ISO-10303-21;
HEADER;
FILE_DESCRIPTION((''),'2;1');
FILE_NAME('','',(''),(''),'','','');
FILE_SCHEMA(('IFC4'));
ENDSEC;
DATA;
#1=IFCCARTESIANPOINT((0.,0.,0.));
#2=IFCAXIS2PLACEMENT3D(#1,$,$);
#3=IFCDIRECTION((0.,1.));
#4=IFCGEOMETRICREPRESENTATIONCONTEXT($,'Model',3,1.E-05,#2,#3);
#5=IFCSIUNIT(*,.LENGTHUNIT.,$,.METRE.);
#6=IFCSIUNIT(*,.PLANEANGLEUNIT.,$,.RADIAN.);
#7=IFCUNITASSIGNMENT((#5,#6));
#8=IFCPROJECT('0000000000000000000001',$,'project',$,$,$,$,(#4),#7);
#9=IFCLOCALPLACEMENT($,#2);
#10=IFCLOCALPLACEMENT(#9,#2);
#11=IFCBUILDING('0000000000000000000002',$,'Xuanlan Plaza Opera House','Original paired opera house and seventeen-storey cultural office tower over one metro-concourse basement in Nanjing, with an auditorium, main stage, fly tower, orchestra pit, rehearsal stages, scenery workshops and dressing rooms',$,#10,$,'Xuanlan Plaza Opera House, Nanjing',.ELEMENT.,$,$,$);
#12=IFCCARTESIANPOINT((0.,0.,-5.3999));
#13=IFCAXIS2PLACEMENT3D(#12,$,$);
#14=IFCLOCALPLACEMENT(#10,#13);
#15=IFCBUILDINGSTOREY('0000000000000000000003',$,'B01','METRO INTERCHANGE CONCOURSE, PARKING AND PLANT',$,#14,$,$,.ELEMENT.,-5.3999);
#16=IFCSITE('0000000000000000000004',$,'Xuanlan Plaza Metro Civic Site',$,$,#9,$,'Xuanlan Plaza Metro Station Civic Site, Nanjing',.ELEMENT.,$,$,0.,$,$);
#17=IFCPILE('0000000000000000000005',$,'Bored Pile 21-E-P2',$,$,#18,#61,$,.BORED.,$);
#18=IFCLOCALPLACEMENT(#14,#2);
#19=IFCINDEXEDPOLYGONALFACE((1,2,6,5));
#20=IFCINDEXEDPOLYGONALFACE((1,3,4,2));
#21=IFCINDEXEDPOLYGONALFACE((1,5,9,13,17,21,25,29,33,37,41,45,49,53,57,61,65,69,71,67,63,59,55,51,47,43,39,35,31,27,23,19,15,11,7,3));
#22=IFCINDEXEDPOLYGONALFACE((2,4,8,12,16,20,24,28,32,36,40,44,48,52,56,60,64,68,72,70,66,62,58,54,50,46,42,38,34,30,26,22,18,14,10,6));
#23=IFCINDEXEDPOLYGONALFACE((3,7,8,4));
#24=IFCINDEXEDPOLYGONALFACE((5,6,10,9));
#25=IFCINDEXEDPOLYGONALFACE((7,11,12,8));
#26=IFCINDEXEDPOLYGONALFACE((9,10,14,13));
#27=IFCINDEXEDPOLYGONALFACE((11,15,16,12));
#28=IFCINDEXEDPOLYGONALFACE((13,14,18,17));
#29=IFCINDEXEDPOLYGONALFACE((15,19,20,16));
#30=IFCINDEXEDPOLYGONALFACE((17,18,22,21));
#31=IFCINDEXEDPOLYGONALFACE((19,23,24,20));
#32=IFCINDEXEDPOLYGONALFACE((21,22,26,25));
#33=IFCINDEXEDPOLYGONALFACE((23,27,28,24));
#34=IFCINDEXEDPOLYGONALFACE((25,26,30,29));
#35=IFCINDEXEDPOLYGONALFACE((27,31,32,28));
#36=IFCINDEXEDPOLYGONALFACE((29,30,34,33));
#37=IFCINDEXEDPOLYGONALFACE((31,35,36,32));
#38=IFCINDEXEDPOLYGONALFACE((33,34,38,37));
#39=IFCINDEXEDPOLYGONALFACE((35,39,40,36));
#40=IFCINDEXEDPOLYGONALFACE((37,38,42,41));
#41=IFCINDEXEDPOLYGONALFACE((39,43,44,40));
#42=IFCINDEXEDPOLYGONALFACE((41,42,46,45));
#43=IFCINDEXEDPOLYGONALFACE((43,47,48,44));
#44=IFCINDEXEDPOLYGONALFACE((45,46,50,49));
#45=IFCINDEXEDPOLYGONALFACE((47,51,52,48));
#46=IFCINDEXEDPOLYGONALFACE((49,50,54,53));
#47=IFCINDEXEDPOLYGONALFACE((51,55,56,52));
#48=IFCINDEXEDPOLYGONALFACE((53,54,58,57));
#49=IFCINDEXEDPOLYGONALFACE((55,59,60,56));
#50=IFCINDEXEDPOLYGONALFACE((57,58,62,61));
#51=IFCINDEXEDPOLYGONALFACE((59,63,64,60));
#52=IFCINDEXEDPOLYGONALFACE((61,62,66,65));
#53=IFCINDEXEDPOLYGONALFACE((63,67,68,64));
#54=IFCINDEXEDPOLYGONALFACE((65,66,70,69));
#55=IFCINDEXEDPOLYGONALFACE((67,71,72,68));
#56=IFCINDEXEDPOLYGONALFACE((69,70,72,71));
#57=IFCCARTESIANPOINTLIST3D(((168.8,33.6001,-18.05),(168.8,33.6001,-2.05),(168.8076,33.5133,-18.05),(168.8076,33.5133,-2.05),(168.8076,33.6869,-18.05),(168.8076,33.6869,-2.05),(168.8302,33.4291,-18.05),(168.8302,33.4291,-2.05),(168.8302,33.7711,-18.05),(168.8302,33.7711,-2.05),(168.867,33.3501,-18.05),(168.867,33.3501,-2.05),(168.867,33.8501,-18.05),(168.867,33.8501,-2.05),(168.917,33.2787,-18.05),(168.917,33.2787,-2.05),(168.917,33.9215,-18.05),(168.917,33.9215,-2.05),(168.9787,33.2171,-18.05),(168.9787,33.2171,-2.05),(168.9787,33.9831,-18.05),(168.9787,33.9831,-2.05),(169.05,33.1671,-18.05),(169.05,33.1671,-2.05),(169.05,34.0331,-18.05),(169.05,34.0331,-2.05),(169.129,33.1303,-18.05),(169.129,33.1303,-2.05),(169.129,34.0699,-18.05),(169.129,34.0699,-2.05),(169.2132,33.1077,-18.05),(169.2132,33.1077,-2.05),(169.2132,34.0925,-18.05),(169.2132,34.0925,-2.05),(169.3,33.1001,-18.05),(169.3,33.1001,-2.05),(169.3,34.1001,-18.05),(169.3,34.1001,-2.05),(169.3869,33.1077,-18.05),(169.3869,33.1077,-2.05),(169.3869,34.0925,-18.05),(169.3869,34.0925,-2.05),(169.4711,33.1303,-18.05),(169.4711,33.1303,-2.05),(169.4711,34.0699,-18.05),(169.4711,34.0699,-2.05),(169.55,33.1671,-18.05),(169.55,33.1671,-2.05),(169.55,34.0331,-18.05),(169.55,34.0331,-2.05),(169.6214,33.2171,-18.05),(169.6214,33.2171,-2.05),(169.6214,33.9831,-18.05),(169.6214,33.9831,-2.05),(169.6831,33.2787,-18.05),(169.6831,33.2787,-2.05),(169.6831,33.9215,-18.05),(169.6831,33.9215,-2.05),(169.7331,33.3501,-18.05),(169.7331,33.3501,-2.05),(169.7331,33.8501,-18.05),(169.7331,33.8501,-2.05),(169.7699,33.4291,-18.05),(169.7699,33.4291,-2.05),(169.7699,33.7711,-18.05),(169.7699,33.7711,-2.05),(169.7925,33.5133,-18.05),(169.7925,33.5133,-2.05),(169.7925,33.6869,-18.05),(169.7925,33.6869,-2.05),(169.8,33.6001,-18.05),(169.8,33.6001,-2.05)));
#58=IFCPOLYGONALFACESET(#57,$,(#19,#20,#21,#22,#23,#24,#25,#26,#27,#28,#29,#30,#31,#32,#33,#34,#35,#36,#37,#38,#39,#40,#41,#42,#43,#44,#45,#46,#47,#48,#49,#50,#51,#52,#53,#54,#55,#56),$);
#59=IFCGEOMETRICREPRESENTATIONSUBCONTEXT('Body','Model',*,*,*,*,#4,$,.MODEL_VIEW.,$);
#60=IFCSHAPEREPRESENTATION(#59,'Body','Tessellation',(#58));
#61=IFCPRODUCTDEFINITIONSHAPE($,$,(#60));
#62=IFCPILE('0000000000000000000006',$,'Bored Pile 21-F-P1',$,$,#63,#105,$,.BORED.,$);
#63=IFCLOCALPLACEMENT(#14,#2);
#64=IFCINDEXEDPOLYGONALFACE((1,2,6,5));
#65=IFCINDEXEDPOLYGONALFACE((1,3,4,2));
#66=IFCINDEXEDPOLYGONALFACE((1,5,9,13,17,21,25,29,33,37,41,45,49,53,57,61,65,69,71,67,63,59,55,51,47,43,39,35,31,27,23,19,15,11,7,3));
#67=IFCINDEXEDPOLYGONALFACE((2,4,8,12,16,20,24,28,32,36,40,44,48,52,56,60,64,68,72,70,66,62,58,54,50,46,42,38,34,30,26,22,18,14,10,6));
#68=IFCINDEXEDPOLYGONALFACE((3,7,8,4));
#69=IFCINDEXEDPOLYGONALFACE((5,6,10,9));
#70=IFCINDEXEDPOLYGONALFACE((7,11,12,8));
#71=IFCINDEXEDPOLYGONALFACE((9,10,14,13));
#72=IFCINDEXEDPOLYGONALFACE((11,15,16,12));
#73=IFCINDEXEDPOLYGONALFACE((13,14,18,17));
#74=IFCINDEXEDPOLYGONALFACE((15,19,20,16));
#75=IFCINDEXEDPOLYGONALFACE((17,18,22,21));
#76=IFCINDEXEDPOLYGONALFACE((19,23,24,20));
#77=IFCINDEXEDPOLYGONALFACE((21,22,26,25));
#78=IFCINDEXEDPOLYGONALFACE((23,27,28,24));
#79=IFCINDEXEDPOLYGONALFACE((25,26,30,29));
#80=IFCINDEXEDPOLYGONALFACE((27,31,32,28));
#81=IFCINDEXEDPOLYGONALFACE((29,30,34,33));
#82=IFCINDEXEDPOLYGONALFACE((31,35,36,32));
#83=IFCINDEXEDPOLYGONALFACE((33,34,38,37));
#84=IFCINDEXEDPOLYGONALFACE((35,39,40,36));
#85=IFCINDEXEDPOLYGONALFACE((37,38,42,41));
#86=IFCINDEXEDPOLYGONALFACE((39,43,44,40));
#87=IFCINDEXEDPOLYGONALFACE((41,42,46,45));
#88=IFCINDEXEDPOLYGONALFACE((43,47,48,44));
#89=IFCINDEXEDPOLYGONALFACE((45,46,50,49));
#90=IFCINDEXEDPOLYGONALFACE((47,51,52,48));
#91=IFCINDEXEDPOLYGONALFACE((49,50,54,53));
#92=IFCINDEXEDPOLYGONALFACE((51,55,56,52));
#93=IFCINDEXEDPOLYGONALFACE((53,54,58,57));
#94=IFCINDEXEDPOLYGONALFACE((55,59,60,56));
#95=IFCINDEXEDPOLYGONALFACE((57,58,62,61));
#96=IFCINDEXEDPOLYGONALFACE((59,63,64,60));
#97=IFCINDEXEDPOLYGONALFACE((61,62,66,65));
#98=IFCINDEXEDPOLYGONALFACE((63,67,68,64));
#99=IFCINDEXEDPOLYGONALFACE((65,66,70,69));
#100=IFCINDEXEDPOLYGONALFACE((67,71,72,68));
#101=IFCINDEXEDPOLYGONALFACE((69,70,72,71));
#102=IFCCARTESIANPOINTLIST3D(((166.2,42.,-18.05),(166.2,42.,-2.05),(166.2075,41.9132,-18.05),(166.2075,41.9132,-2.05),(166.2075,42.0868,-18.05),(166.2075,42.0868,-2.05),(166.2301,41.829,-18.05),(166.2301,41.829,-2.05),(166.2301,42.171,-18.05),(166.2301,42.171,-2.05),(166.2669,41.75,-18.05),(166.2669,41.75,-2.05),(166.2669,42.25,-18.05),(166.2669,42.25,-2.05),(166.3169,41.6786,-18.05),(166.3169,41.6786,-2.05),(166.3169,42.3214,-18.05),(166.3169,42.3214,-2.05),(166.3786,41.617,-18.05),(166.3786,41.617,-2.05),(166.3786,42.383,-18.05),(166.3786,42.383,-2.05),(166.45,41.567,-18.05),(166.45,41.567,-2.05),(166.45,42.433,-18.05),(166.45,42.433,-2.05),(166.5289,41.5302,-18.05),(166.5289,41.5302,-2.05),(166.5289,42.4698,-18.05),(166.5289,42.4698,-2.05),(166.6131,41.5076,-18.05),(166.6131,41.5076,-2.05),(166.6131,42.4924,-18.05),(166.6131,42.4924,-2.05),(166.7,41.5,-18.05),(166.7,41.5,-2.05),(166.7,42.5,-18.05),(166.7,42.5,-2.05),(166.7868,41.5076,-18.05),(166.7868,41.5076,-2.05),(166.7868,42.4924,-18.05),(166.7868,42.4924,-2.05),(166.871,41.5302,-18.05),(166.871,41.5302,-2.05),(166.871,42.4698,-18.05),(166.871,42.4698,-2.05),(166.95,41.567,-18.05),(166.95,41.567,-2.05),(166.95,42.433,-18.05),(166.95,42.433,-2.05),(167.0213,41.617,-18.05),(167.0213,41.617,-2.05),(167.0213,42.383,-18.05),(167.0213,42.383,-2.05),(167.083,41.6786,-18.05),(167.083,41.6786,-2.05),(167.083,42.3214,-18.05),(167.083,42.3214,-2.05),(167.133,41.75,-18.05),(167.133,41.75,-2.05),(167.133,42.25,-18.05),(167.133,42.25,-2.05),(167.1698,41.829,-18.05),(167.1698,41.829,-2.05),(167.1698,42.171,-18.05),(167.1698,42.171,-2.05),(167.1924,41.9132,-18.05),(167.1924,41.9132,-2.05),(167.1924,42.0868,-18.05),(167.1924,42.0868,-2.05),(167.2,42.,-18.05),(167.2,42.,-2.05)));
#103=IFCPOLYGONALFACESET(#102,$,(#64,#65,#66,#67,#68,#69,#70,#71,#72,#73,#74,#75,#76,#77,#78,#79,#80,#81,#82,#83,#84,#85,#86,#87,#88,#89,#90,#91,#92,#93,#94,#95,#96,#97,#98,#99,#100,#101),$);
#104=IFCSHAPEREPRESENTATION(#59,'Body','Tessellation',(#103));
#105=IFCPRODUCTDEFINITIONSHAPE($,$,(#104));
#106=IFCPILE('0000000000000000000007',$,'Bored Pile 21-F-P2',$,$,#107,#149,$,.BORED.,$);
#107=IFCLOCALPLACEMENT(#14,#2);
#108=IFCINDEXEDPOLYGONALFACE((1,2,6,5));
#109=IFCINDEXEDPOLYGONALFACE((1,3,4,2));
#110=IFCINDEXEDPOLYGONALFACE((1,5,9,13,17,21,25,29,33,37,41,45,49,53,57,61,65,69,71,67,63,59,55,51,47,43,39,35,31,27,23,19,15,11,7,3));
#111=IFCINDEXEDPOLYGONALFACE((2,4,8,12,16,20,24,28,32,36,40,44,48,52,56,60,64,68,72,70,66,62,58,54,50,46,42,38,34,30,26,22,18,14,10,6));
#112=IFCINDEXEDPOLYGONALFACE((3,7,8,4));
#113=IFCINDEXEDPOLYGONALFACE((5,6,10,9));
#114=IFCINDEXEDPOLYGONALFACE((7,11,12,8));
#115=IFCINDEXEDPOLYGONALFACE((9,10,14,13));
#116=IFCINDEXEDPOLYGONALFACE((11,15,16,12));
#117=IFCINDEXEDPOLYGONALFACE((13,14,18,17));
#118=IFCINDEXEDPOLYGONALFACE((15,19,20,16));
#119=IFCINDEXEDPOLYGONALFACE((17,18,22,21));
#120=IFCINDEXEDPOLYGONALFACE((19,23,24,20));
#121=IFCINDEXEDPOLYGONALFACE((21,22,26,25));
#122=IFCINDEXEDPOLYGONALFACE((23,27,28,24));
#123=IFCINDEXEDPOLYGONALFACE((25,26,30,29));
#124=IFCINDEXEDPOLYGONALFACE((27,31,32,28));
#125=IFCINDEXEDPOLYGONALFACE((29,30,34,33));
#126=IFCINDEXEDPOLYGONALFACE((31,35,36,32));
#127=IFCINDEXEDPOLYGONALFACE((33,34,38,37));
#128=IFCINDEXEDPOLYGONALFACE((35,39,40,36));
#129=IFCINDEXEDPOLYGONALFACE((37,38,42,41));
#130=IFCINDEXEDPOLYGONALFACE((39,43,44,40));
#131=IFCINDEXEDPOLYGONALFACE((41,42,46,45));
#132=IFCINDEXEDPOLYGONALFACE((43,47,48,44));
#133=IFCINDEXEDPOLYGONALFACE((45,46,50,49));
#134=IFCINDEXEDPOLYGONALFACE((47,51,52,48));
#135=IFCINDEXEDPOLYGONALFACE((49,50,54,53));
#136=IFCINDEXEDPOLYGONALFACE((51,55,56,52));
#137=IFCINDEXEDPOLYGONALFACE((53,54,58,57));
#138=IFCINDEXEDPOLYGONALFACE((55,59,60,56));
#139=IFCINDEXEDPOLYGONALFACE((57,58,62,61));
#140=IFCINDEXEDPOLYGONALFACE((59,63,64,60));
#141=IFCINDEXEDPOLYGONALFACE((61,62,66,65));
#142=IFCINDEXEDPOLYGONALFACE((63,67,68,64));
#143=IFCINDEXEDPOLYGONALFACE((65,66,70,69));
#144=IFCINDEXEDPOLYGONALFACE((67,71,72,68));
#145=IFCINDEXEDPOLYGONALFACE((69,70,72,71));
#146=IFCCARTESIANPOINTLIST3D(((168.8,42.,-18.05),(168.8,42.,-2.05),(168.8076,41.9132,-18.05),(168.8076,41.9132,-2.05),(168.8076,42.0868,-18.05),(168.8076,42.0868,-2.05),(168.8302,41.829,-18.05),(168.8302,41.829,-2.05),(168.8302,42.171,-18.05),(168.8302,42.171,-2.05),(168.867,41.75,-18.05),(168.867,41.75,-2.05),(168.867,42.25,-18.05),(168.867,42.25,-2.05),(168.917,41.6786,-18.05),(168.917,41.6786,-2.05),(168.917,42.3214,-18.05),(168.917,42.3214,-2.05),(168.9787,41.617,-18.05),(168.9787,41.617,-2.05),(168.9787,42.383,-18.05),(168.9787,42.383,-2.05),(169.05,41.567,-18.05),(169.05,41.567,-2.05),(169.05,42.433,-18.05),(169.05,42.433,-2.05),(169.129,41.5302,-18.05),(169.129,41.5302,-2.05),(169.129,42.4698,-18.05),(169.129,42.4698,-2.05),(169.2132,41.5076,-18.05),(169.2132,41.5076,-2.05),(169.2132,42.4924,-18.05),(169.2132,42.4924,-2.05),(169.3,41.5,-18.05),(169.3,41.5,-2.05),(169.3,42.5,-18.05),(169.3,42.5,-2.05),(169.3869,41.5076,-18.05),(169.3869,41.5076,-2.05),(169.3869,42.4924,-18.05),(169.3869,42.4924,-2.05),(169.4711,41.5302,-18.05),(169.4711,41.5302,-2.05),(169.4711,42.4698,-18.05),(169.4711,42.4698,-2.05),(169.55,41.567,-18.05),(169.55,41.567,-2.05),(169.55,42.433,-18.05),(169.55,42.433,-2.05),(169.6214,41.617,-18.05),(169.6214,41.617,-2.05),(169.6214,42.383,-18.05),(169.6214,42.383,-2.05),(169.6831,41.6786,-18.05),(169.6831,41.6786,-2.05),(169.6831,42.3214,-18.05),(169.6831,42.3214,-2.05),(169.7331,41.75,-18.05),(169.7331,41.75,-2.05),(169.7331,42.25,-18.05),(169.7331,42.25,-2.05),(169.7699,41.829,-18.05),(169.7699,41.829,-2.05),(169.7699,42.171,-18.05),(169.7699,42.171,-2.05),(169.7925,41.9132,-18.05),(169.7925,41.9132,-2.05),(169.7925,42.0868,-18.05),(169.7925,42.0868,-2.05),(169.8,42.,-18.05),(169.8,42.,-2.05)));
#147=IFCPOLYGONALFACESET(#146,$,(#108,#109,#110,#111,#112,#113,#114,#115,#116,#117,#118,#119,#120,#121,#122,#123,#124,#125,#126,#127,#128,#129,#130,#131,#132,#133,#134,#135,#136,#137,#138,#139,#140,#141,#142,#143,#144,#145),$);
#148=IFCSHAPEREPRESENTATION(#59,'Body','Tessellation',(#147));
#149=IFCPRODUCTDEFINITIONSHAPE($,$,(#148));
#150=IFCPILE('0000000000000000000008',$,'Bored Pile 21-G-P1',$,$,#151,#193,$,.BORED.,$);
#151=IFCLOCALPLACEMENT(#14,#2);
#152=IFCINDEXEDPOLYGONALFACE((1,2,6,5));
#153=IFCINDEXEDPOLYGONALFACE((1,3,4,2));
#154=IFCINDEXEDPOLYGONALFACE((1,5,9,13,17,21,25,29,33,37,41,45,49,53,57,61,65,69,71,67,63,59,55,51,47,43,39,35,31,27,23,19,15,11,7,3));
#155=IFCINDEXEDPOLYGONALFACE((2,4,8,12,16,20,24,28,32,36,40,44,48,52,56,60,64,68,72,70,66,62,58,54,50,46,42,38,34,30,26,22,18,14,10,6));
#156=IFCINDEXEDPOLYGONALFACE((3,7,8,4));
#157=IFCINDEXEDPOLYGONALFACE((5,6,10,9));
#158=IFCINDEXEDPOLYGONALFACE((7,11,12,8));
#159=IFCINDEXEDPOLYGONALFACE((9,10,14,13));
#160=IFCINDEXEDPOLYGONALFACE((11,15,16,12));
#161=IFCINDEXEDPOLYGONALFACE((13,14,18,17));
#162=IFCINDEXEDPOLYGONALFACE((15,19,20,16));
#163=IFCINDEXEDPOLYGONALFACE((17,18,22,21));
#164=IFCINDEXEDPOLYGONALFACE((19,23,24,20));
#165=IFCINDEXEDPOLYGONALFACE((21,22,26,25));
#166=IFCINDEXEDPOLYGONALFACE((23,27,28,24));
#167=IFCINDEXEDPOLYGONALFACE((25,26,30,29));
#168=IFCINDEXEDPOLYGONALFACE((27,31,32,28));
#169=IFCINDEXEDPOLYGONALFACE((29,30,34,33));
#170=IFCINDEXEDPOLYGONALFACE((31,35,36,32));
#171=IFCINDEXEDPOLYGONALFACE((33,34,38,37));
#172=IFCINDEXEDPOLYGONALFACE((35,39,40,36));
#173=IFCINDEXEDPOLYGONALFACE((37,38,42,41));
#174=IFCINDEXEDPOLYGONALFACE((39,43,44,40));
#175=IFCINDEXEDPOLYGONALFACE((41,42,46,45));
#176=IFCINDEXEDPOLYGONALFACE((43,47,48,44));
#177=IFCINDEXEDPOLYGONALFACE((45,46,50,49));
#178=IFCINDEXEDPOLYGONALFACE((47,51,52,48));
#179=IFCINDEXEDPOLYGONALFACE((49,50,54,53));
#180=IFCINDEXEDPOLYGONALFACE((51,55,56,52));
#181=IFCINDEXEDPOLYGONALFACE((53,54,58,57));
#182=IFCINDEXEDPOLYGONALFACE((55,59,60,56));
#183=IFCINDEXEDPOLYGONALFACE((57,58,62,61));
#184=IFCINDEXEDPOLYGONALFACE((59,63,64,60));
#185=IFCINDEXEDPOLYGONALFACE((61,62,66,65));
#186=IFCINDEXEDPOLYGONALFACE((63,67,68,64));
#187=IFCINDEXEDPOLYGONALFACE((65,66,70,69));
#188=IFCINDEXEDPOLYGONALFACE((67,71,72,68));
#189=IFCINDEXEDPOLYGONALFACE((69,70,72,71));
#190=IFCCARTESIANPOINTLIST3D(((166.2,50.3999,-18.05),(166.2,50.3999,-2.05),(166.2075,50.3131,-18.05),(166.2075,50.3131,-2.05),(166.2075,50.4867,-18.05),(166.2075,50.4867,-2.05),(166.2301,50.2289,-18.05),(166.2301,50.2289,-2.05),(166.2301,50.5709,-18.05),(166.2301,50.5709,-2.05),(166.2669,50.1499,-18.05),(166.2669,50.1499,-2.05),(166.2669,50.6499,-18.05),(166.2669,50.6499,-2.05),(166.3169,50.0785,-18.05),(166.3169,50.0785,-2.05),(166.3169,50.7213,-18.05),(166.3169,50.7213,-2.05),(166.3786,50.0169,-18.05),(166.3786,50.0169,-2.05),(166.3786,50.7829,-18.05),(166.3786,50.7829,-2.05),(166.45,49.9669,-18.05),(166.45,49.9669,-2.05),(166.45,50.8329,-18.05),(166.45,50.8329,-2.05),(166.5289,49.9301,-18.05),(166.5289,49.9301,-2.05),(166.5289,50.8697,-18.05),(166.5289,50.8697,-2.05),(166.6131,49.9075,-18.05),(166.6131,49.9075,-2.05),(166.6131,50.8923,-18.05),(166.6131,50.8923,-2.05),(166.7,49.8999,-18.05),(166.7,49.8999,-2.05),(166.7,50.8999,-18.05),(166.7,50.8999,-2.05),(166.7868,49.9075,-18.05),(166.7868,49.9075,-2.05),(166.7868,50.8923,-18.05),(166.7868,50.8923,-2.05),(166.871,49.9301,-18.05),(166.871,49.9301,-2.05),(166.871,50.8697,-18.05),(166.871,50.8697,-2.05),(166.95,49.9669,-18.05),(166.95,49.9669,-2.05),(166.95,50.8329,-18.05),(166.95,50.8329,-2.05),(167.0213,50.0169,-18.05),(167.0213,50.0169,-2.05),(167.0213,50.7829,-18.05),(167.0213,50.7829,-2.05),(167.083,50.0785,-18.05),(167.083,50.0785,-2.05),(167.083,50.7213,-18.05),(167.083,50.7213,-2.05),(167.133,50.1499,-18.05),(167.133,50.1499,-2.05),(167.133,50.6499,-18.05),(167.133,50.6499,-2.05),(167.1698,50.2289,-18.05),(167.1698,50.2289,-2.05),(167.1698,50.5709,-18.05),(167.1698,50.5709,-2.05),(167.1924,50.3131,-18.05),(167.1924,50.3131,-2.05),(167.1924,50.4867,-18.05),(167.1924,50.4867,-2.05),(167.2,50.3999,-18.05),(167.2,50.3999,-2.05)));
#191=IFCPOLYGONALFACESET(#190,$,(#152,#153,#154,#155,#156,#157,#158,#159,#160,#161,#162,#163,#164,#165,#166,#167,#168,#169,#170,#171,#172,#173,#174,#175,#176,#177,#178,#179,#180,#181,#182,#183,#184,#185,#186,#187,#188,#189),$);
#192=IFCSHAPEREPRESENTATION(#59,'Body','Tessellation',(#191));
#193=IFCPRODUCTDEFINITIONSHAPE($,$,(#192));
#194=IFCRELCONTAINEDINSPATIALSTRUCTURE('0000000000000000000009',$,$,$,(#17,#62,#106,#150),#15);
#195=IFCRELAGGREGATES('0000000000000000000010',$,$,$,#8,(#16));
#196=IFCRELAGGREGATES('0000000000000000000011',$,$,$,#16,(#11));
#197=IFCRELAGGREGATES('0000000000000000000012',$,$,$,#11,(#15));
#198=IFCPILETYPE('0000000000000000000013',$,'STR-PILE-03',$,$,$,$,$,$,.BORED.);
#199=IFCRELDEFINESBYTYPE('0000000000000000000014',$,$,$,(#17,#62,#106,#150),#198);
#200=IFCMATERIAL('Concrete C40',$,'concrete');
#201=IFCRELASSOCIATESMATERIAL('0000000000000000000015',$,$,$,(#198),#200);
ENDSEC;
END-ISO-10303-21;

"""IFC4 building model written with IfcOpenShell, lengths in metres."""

from ifc_helpers import new_model, si_unit, direction, frame, origin, origin_2d, place, context, subcontext, project, spatial, circle, extrude, material, material_profile, profile_set, type_object, element, save


model = new_model("IFC4")

# Units and contexts
model_context = context("Model", 3, precision=1e-05, world=origin(), true_north=direction((0.0, 1.0)))
body_context = subcontext(model_context, "Body", "Model", "MODEL_VIEW")
ifc_project = project(units=[si_unit("LENGTHUNIT", "METRE"), si_unit("PLANEANGLEUNIT", "RADIAN")], contexts=[model_context])

# Site, building, storey
site_placement = place(None, origin())
site = spatial("IfcSite", under=ifc_project, at=site_placement, Name="Xuanlan Plaza Metro Civic Site", LongName="Xuanlan Plaza Metro Station Civic Site, Nanjing", CompositionType="ELEMENT", RefElevation=0.0)
building_placement = place(site_placement, origin())
building = spatial("IfcBuilding", under=site, at=building_placement, Name="Xuanlan Plaza Opera House", Description="Original paired opera house and seventeen-storey cultural office tower over one metro-concourse basement in Nanjing, with an auditorium, main stage, fly tower, orchestra pit, rehearsal stages, scenery workshops and dressing rooms", LongName="Xuanlan Plaza Opera House, Nanjing", CompositionType="ELEMENT")
storey_placement = place(building_placement, frame((0.0, 0.0, -5.3999)))
storey = spatial("IfcBuildingStorey", under=building, at=storey_placement, Name="B01", Description="METRO INTERCHANGE CONCOURSE, PARKING AND PLANT", CompositionType="ELEMENT", Elevation=-5.3999)

# Piles
ifc_material_1 = material(Name="Concrete C40", Category="concrete")
ifc_material_profile_1 = material_profile(ifc_material_1, circle(Radius=0.5, at=origin_2d()), Name="PILE D1000")
ifc_profile_set_1 = profile_set([ifc_material_profile_1], Name="Concrete C40")
pile_type = type_object("IfcPileType", Name="STR-PILE-03", PredefinedType="BORED", material=ifc_profile_set_1)
for number, where, z_axis, x_axis, name in (
    (1, (169.3, 33.6001, -2.05), (0.0, 0.0, -1.0), (1.0, 0.0, 0.0), "Bored Pile 21-E-P2"),
    (2, (166.7, 42.0, -2.05), (0.0, 0.0, -1.0), (1.0, 0.0, 0.0), "Bored Pile 21-F-P1"),
    (3, (169.3, 42.0, -2.05), (0.0, 0.0, -1.0), (1.0, 0.0, 0.0), "Bored Pile 21-F-P2"),
    (4, (166.7, 50.3999, -2.05), (0.0, 0.0, -1.0), (1.0, 0.0, 0.0), "Bored Pile 21-G-P1"),
):
    element("IfcPile", number, at=place(storey_placement, frame(where, z_axis=z_axis, x_axis=x_axis)), inside=storey, type_object=pile_type, Name=name, PredefinedType="BORED", context=body_context, shape_type="SweptSolid", body=[
        extrude(circle(Radius=0.5, at=origin_2d()), origin(), (0.0, 0.0, 1.0), 16.0),
    ])

save(model, "model.ifc")
